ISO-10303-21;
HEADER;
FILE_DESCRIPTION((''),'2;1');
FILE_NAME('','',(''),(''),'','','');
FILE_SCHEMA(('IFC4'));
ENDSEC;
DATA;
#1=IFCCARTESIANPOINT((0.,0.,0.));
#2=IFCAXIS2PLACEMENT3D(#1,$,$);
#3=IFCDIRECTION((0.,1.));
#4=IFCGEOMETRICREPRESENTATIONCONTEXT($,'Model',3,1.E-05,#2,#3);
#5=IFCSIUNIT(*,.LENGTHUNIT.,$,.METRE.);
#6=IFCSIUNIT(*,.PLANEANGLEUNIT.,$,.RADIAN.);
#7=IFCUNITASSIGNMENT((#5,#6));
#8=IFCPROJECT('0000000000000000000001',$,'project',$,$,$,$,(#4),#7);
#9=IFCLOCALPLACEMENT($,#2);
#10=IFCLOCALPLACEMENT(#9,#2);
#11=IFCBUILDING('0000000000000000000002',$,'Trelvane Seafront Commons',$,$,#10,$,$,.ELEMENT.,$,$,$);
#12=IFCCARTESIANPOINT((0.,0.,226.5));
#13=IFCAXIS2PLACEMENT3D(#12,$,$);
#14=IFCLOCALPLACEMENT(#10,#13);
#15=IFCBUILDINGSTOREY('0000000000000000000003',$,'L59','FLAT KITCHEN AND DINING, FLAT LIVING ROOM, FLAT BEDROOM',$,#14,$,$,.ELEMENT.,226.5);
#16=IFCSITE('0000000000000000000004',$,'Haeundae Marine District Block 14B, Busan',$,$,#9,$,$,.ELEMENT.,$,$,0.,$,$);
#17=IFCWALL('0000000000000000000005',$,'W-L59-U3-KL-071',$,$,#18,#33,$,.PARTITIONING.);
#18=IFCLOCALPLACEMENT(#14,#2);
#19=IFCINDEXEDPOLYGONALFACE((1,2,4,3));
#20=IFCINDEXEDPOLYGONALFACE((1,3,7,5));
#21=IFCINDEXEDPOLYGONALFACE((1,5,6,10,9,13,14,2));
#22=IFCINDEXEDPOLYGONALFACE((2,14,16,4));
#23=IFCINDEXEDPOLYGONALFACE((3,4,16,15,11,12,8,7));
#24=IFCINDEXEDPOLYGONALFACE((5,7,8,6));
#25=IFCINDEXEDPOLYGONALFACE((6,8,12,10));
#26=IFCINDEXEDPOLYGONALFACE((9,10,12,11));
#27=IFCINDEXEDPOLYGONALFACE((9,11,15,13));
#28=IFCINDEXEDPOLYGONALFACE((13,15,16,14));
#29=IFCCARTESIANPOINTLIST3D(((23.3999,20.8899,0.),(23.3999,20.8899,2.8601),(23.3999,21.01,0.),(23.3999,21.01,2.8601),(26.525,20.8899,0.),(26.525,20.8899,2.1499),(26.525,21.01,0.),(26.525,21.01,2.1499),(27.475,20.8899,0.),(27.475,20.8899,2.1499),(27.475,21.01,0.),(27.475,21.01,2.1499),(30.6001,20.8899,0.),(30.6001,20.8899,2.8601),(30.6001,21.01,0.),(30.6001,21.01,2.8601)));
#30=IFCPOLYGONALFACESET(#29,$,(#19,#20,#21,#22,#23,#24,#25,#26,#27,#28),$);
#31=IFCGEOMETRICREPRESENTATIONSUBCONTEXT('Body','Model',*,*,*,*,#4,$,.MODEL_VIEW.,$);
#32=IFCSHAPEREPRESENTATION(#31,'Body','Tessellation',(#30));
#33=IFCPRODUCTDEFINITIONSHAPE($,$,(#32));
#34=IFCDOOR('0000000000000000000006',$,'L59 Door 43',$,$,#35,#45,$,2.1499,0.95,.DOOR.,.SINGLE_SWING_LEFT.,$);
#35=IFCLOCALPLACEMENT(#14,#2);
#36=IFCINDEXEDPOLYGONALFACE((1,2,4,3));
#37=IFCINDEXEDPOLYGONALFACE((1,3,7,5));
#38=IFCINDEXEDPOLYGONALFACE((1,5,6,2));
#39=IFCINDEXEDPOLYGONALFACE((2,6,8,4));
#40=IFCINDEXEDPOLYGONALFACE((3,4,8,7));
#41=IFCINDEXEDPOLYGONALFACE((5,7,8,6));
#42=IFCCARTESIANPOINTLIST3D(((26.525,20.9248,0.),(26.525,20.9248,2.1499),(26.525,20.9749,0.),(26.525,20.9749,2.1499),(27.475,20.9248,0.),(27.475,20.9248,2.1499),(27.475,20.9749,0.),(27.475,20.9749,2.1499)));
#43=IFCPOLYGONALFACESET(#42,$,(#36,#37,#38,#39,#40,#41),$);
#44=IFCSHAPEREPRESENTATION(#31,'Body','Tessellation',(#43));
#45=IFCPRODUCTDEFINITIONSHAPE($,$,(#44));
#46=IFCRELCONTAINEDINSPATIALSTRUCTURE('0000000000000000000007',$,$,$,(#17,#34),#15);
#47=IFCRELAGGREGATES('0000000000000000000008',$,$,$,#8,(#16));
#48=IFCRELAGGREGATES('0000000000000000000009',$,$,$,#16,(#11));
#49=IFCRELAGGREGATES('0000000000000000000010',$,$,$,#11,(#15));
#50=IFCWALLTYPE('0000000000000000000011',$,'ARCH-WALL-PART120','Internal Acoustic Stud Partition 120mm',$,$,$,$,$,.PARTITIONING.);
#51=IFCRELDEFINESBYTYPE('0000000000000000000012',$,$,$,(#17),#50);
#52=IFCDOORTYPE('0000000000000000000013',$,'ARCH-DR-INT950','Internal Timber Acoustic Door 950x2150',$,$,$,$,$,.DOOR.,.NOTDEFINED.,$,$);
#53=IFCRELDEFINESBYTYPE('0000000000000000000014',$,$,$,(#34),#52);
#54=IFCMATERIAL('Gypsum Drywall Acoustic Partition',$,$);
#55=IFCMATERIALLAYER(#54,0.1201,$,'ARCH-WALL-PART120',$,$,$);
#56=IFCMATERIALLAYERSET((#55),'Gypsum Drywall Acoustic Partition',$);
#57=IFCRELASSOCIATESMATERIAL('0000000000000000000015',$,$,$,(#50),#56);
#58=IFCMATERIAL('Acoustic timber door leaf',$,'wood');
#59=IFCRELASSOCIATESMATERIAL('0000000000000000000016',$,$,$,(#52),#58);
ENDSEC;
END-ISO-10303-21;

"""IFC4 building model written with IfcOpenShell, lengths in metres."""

from ifc_helpers import new_model, si_unit, direction, frame, frame_2d, origin, place, context, subcontext, project, spatial, rectangle, extrude, source, transform, mapped, material, layer, layer_set, type_object, element, fill, save


model = new_model("IFC4")

# Units and contexts
model_context = context("Model", 3, precision=1e-05, world=origin(), true_north=direction((0.0, 1.0)))
body_context = subcontext(model_context, "Body", "Model", "MODEL_VIEW")
ifc_project = project(units=[si_unit("LENGTHUNIT", "METRE"), si_unit("PLANEANGLEUNIT", "RADIAN")], contexts=[model_context])

# Site, building, storey
site_placement = place(None, origin())
site = spatial("IfcSite", under=ifc_project, at=site_placement, Name="Haeundae Marine District Block 14B, Busan", CompositionType="ELEMENT", RefElevation=0.0)
building_placement = place(site_placement, origin())
building = spatial("IfcBuilding", under=site, at=building_placement, Name="Trelvane Seafront Commons", CompositionType="ELEMENT")
storey_placement = place(building_placement, frame((0.0, 0.0, 226.5)))
storey = spatial("IfcBuildingStorey", under=building, at=storey_placement, Name="L59", Description="FLAT KITCHEN AND DINING, FLAT LIVING ROOM, FLAT BEDROOM", CompositionType="ELEMENT", Elevation=226.5)

# Wall, opening, door
ifc_material_1 = material(Name="Gypsum Drywall Acoustic Partition")
ifc_layer = layer(ifc_material_1, 0.1201, Name="ARCH-WALL-PART120")
ifc_layer_set = layer_set([ifc_layer], Name="Gypsum Drywall Acoustic Partition")
wall_type = type_object("IfcWallType", Name="ARCH-WALL-PART120", Description="Internal Acoustic Stud Partition 120mm", PredefinedType="PARTITIONING", material=ifc_layer_set)
wall_1_placement = place(storey_placement, frame((23.3999, 20.95, 0.0), z_axis=(0.0, 0.0, 1.0), x_axis=(1.0, 0.0, 0.0)))
wall_1 = element("IfcWall", 1, at=wall_1_placement, inside=storey, type_object=wall_type, Name="W-L59-U3-KL-071", PredefinedType="PARTITIONING", context=body_context, shape_type="SweptSolid", body=[
    extrude(rectangle(XDim=7.2002, YDim=0.1201, at=frame_2d((3.6001, 0.0))), origin(), (0.0, 0.0, 1.0), 2.8601),
])
opening_1_placement = place(wall_1_placement, frame((3.125, 0.0, 0.0)))
opening_1 = element("IfcOpeningElement", 2, at=opening_1_placement, cuts=wall_1, PredefinedType="OPENING", context=body_context, shape_type="SweptSolid", body=[
    extrude(rectangle(XDim=0.95, YDim=2.1499, at=frame_2d((0.4751, 1.075))), frame((0.0, 0.0701, 0.0), z_axis=(0.0, -1.0, 0.0), x_axis=(1.0, 0.0, 0.0)), (0.0, 0.0, 1.0), 0.1401),
])
ifc_material_2 = material(Name="Acoustic timber door leaf", Category="wood")
door_type = type_object("IfcDoorType", Name="ARCH-DR-INT950", Description="Internal Timber Acoustic Door 950x2150", OperationType="NOTDEFINED", PredefinedType="DOOR", material=ifc_material_2)
shared_shape_1 = source(origin(), body_context, "Body", "SweptSolid", [
    extrude(rectangle(XDim=0.95, YDim=2.1499, at=frame_2d((0.4751, 1.075))), frame((0.0, 0.0249, 0.0), z_axis=(0.0, -1.0, 0.0), x_axis=(1.0, 0.0, 0.0)), (0.0, 0.0, 1.0), 0.05),
])
door_1_placement = place(opening_1_placement, origin())
door_1 = element("IfcDoor", 3, at=door_1_placement, inside=storey, type_object=door_type, Name="L59 Door 43", OperationType="SINGLE_SWING_LEFT", OverallHeight=2.1499, OverallWidth=0.95, PredefinedType="DOOR", context=body_context, shape_type="MappedRepresentation", body=[
    mapped(shared_shape_1, transform((0.0, 0.0, 0.0), x_axis=(1.0, 0.0, 0.0), y_axis=(0.0, 1.0, 0.0), z_axis=(0.0, 0.0, 1.0), scale=1.0)),
])
fill(opening_1, door_1)

save(model, "model.ifc")
